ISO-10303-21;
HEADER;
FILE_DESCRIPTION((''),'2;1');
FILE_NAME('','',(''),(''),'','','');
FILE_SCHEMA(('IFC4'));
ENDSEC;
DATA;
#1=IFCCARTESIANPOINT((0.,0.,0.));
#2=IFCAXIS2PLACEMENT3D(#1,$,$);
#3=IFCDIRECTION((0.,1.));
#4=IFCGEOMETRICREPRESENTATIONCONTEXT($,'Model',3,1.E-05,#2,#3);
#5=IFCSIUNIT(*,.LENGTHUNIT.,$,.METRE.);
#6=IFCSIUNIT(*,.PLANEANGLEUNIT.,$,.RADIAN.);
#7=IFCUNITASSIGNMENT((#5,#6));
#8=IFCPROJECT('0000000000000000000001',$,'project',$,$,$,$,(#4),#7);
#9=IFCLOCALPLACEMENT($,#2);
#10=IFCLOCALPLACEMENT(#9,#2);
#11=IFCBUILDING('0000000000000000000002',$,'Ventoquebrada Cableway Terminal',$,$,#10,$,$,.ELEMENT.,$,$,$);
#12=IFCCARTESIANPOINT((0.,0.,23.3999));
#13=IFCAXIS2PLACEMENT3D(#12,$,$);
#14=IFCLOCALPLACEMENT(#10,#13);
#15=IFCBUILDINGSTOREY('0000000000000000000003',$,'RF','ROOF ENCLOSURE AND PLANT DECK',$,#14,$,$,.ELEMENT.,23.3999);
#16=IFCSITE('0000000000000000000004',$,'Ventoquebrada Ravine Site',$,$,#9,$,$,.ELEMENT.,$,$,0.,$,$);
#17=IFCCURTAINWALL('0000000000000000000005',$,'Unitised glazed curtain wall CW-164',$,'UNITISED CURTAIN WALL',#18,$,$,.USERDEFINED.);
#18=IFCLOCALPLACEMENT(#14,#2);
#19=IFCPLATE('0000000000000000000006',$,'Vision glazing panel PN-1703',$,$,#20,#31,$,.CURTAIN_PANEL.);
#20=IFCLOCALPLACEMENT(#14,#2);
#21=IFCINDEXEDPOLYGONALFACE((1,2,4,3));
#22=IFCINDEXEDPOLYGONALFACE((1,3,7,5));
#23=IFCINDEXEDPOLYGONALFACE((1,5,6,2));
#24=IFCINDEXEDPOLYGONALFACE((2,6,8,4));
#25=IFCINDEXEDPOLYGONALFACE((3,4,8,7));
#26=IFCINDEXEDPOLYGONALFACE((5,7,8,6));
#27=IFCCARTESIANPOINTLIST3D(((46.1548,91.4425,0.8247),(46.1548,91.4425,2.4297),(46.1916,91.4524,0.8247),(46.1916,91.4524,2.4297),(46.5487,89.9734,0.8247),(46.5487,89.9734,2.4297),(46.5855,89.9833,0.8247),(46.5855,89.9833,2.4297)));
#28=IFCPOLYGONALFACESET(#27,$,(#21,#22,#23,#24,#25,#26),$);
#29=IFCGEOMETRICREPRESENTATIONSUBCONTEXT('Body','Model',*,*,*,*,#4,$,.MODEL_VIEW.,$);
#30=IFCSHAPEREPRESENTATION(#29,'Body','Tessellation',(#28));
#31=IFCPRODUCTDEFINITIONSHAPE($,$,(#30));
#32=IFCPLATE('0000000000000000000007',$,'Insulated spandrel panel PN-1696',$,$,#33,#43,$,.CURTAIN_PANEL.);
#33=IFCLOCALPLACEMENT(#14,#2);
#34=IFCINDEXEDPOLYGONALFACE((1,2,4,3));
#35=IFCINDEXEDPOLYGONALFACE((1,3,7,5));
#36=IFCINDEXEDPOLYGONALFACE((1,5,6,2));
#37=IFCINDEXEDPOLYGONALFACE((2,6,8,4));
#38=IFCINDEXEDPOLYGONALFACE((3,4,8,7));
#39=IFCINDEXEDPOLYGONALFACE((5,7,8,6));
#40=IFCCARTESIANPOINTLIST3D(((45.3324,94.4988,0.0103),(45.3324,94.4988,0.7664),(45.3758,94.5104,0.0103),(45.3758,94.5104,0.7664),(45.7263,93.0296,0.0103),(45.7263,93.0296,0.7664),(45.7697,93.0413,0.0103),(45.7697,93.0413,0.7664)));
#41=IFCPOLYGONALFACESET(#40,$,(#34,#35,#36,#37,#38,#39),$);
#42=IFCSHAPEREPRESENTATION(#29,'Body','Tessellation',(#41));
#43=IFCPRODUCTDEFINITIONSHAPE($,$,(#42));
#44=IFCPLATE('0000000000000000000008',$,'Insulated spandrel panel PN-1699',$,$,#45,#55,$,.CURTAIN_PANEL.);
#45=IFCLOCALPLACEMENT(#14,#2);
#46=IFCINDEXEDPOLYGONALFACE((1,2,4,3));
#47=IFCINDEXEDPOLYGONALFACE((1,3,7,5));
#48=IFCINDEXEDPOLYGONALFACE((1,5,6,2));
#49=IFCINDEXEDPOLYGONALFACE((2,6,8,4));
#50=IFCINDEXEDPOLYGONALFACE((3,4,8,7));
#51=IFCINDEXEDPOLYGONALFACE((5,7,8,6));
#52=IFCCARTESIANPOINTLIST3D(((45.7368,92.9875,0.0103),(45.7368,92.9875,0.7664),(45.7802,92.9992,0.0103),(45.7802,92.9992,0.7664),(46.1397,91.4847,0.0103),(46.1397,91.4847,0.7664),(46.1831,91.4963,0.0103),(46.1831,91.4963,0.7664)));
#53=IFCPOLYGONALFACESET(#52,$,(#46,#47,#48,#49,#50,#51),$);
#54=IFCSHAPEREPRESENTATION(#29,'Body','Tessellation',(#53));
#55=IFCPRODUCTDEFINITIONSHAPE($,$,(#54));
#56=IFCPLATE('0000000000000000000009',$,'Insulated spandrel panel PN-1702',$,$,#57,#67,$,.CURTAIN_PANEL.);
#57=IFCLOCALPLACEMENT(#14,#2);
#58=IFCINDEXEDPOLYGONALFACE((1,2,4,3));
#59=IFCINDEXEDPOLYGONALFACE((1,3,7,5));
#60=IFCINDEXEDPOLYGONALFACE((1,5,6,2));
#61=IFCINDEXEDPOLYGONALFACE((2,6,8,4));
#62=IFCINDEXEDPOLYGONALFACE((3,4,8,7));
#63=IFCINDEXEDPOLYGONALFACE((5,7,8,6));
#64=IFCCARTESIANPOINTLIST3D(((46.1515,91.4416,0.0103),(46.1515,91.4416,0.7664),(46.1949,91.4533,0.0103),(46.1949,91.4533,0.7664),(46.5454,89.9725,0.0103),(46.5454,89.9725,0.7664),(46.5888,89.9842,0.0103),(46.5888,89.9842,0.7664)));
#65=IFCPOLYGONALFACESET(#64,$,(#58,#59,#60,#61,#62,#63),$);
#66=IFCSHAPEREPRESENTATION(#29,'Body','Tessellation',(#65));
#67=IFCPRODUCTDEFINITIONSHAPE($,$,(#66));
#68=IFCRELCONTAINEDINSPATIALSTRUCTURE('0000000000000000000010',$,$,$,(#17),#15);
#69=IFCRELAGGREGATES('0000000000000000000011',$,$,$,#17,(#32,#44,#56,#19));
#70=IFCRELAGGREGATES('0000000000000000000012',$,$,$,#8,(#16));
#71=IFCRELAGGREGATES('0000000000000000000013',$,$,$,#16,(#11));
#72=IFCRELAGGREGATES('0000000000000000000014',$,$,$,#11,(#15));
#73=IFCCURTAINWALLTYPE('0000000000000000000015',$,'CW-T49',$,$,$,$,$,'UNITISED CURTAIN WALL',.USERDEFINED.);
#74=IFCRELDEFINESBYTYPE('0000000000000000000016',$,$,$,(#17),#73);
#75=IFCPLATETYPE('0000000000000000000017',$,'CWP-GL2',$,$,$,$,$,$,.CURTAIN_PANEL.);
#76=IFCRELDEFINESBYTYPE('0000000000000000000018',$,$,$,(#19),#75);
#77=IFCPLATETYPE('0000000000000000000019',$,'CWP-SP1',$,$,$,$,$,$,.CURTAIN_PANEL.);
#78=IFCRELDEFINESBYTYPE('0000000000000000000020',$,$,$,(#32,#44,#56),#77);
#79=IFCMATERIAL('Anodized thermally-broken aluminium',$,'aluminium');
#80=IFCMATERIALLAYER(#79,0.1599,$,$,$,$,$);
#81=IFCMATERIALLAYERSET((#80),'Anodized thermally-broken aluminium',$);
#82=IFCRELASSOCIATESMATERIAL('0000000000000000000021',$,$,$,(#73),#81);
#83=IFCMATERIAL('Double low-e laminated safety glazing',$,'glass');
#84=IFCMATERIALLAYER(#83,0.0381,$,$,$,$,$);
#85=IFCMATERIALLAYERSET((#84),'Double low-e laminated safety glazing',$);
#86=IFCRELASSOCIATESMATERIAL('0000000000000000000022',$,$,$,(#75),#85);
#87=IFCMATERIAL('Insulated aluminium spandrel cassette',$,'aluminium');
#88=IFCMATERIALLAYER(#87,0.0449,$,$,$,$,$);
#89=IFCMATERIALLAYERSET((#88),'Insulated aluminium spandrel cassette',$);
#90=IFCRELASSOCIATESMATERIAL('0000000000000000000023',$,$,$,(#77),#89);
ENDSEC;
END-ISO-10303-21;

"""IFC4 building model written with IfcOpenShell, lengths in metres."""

from ifc_helpers import new_model, si_unit, direction, frame, origin, origin_2d, place, context, subcontext, project, spatial, rectangle, extrude, material, layer, layer_set, type_object, element, aggregate, save


model = new_model("IFC4")

# Units and contexts
model_context = context("Model", 3, precision=1e-05, world=origin(), true_north=direction((0.0, 1.0)))
body_context = subcontext(model_context, "Body", "Model", "MODEL_VIEW")
ifc_project = project(units=[si_unit("LENGTHUNIT", "METRE"), si_unit("PLANEANGLEUNIT", "RADIAN")], contexts=[model_context])

# Site, building, storey
site_placement = place(None, origin())
site = spatial("IfcSite", under=ifc_project, at=site_placement, Name="Ventoquebrada Ravine Site", CompositionType="ELEMENT", RefElevation=0.0)
building_placement = place(site_placement, origin())
building = spatial("IfcBuilding", under=site, at=building_placement, Name="Ventoquebrada Cableway Terminal", CompositionType="ELEMENT")
storey_placement = place(building_placement, frame((0.0, 0.0, 23.3999)))
storey = spatial("IfcBuildingStorey", under=building, at=storey_placement, Name="RF", Description="ROOF ENCLOSURE AND PLANT DECK", CompositionType="ELEMENT", Elevation=23.3999)

# Shared definitions
ifc_material_1 = material(Name="Anodized thermally-broken aluminium", Category="aluminium")

# Curtain wall
ifc_layer_1 = layer(ifc_material_1, 0.1599)
ifc_layer_set_1 = layer_set([ifc_layer_1], Name="Anodized thermally-broken aluminium")
curtain_wall_type_1 = type_object("IfcCurtainWallType", Name="CW-T49", ElementType="UNITISED CURTAIN WALL", PredefinedType="USERDEFINED", material=ifc_layer_set_1)
curtain_wall_1_placement = place(storey_placement, origin())
curtain_wall_1 = element("IfcCurtainWall", 1, at=curtain_wall_1_placement, inside=storey, type_object=curtain_wall_type_1, Name="Unitised glazed curtain wall CW-164", ObjectType="UNITISED CURTAIN WALL", PredefinedType="USERDEFINED")

# Plates
ifc_material_2 = material(Name="Double low-e laminated safety glazing", Category="glass")
ifc_layer_2 = layer(ifc_material_2, 0.0381)
ifc_layer_set_2 = layer_set([ifc_layer_2], Name="Double low-e laminated safety glazing")
plate_type_1 = type_object("IfcPlateType", Name="CWP-GL2", PredefinedType="CURTAIN_PANEL", material=ifc_layer_set_2)
plate_1_placement = place(storey_placement, frame((46.3701, 90.7129, 0.8247), z_axis=(0.0, 0.0, 1.0), x_axis=(0.258971, -0.965885, 0.0)))
plate_1 = element("IfcPlate", 2, at=plate_1_placement, type_object=plate_type_1, Name="Vision glazing panel PN-1703", PredefinedType="CURTAIN_PANEL", context=body_context, shape_type="SweptSolid", body=[
    extrude(rectangle(XDim=1.521, YDim=0.0381, at=origin_2d()), origin(), (0.0, 0.0, 1.0), 1.605),
])
ifc_material_3 = material(Name="Insulated aluminium spandrel cassette", Category="aluminium")
ifc_layer_3 = layer(ifc_material_3, 0.0449)
ifc_layer_set_3 = layer_set([ifc_layer_3], Name="Insulated aluminium spandrel cassette")
plate_type_2 = type_object("IfcPlateType", Name="CWP-SP1", PredefinedType="CURTAIN_PANEL", material=ifc_layer_set_3)
plate_2_placement = place(storey_placement, frame((45.551, 93.77, 0.0103), z_axis=(0.0, 0.0, 1.0), x_axis=(0.258971, -0.965885, 0.0)))
plate_2 = element("IfcPlate", 3, at=plate_2_placement, type_object=plate_type_2, Name="Insulated spandrel panel PN-1696", PredefinedType="CURTAIN_PANEL", context=body_context, shape_type="SweptSolid", body=[
    extrude(rectangle(XDim=1.521, YDim=0.0449, at=origin_2d()), origin(), (0.0, 0.0, 1.0), 0.7561),
])
plate_3_placement = place(storey_placement, frame((45.96, 92.2419, 0.0103), z_axis=(0.0, 0.0, 1.0), x_axis=(0.258971, -0.965885, 0.0)))
plate_3 = element("IfcPlate", 4, at=plate_3_placement, type_object=plate_type_2, Name="Insulated spandrel panel PN-1699", PredefinedType="CURTAIN_PANEL", context=body_context, shape_type="SweptSolid", body=[
    extrude(rectangle(XDim=1.5559, YDim=0.0449, at=origin_2d()), origin(), (0.0, 0.0, 1.0), 0.7561),
])
plate_4_placement = place(storey_placement, frame((46.3701, 90.7129, 0.0103), z_axis=(0.0, 0.0, 1.0), x_axis=(0.258971, -0.965885, 0.0)))
plate_4 = element("IfcPlate", 5, at=plate_4_placement, type_object=plate_type_2, Name="Insulated spandrel panel PN-1702", PredefinedType="CURTAIN_PANEL", context=body_context, shape_type="SweptSolid", body=[
    extrude(rectangle(XDim=1.521, YDim=0.0449, at=origin_2d()), origin(), (0.0, 0.0, 1.0), 0.7561),
])
aggregate(curtain_wall_1, [plate_2, plate_3, plate_4, plate_1])

save(model, "model.ifc")
